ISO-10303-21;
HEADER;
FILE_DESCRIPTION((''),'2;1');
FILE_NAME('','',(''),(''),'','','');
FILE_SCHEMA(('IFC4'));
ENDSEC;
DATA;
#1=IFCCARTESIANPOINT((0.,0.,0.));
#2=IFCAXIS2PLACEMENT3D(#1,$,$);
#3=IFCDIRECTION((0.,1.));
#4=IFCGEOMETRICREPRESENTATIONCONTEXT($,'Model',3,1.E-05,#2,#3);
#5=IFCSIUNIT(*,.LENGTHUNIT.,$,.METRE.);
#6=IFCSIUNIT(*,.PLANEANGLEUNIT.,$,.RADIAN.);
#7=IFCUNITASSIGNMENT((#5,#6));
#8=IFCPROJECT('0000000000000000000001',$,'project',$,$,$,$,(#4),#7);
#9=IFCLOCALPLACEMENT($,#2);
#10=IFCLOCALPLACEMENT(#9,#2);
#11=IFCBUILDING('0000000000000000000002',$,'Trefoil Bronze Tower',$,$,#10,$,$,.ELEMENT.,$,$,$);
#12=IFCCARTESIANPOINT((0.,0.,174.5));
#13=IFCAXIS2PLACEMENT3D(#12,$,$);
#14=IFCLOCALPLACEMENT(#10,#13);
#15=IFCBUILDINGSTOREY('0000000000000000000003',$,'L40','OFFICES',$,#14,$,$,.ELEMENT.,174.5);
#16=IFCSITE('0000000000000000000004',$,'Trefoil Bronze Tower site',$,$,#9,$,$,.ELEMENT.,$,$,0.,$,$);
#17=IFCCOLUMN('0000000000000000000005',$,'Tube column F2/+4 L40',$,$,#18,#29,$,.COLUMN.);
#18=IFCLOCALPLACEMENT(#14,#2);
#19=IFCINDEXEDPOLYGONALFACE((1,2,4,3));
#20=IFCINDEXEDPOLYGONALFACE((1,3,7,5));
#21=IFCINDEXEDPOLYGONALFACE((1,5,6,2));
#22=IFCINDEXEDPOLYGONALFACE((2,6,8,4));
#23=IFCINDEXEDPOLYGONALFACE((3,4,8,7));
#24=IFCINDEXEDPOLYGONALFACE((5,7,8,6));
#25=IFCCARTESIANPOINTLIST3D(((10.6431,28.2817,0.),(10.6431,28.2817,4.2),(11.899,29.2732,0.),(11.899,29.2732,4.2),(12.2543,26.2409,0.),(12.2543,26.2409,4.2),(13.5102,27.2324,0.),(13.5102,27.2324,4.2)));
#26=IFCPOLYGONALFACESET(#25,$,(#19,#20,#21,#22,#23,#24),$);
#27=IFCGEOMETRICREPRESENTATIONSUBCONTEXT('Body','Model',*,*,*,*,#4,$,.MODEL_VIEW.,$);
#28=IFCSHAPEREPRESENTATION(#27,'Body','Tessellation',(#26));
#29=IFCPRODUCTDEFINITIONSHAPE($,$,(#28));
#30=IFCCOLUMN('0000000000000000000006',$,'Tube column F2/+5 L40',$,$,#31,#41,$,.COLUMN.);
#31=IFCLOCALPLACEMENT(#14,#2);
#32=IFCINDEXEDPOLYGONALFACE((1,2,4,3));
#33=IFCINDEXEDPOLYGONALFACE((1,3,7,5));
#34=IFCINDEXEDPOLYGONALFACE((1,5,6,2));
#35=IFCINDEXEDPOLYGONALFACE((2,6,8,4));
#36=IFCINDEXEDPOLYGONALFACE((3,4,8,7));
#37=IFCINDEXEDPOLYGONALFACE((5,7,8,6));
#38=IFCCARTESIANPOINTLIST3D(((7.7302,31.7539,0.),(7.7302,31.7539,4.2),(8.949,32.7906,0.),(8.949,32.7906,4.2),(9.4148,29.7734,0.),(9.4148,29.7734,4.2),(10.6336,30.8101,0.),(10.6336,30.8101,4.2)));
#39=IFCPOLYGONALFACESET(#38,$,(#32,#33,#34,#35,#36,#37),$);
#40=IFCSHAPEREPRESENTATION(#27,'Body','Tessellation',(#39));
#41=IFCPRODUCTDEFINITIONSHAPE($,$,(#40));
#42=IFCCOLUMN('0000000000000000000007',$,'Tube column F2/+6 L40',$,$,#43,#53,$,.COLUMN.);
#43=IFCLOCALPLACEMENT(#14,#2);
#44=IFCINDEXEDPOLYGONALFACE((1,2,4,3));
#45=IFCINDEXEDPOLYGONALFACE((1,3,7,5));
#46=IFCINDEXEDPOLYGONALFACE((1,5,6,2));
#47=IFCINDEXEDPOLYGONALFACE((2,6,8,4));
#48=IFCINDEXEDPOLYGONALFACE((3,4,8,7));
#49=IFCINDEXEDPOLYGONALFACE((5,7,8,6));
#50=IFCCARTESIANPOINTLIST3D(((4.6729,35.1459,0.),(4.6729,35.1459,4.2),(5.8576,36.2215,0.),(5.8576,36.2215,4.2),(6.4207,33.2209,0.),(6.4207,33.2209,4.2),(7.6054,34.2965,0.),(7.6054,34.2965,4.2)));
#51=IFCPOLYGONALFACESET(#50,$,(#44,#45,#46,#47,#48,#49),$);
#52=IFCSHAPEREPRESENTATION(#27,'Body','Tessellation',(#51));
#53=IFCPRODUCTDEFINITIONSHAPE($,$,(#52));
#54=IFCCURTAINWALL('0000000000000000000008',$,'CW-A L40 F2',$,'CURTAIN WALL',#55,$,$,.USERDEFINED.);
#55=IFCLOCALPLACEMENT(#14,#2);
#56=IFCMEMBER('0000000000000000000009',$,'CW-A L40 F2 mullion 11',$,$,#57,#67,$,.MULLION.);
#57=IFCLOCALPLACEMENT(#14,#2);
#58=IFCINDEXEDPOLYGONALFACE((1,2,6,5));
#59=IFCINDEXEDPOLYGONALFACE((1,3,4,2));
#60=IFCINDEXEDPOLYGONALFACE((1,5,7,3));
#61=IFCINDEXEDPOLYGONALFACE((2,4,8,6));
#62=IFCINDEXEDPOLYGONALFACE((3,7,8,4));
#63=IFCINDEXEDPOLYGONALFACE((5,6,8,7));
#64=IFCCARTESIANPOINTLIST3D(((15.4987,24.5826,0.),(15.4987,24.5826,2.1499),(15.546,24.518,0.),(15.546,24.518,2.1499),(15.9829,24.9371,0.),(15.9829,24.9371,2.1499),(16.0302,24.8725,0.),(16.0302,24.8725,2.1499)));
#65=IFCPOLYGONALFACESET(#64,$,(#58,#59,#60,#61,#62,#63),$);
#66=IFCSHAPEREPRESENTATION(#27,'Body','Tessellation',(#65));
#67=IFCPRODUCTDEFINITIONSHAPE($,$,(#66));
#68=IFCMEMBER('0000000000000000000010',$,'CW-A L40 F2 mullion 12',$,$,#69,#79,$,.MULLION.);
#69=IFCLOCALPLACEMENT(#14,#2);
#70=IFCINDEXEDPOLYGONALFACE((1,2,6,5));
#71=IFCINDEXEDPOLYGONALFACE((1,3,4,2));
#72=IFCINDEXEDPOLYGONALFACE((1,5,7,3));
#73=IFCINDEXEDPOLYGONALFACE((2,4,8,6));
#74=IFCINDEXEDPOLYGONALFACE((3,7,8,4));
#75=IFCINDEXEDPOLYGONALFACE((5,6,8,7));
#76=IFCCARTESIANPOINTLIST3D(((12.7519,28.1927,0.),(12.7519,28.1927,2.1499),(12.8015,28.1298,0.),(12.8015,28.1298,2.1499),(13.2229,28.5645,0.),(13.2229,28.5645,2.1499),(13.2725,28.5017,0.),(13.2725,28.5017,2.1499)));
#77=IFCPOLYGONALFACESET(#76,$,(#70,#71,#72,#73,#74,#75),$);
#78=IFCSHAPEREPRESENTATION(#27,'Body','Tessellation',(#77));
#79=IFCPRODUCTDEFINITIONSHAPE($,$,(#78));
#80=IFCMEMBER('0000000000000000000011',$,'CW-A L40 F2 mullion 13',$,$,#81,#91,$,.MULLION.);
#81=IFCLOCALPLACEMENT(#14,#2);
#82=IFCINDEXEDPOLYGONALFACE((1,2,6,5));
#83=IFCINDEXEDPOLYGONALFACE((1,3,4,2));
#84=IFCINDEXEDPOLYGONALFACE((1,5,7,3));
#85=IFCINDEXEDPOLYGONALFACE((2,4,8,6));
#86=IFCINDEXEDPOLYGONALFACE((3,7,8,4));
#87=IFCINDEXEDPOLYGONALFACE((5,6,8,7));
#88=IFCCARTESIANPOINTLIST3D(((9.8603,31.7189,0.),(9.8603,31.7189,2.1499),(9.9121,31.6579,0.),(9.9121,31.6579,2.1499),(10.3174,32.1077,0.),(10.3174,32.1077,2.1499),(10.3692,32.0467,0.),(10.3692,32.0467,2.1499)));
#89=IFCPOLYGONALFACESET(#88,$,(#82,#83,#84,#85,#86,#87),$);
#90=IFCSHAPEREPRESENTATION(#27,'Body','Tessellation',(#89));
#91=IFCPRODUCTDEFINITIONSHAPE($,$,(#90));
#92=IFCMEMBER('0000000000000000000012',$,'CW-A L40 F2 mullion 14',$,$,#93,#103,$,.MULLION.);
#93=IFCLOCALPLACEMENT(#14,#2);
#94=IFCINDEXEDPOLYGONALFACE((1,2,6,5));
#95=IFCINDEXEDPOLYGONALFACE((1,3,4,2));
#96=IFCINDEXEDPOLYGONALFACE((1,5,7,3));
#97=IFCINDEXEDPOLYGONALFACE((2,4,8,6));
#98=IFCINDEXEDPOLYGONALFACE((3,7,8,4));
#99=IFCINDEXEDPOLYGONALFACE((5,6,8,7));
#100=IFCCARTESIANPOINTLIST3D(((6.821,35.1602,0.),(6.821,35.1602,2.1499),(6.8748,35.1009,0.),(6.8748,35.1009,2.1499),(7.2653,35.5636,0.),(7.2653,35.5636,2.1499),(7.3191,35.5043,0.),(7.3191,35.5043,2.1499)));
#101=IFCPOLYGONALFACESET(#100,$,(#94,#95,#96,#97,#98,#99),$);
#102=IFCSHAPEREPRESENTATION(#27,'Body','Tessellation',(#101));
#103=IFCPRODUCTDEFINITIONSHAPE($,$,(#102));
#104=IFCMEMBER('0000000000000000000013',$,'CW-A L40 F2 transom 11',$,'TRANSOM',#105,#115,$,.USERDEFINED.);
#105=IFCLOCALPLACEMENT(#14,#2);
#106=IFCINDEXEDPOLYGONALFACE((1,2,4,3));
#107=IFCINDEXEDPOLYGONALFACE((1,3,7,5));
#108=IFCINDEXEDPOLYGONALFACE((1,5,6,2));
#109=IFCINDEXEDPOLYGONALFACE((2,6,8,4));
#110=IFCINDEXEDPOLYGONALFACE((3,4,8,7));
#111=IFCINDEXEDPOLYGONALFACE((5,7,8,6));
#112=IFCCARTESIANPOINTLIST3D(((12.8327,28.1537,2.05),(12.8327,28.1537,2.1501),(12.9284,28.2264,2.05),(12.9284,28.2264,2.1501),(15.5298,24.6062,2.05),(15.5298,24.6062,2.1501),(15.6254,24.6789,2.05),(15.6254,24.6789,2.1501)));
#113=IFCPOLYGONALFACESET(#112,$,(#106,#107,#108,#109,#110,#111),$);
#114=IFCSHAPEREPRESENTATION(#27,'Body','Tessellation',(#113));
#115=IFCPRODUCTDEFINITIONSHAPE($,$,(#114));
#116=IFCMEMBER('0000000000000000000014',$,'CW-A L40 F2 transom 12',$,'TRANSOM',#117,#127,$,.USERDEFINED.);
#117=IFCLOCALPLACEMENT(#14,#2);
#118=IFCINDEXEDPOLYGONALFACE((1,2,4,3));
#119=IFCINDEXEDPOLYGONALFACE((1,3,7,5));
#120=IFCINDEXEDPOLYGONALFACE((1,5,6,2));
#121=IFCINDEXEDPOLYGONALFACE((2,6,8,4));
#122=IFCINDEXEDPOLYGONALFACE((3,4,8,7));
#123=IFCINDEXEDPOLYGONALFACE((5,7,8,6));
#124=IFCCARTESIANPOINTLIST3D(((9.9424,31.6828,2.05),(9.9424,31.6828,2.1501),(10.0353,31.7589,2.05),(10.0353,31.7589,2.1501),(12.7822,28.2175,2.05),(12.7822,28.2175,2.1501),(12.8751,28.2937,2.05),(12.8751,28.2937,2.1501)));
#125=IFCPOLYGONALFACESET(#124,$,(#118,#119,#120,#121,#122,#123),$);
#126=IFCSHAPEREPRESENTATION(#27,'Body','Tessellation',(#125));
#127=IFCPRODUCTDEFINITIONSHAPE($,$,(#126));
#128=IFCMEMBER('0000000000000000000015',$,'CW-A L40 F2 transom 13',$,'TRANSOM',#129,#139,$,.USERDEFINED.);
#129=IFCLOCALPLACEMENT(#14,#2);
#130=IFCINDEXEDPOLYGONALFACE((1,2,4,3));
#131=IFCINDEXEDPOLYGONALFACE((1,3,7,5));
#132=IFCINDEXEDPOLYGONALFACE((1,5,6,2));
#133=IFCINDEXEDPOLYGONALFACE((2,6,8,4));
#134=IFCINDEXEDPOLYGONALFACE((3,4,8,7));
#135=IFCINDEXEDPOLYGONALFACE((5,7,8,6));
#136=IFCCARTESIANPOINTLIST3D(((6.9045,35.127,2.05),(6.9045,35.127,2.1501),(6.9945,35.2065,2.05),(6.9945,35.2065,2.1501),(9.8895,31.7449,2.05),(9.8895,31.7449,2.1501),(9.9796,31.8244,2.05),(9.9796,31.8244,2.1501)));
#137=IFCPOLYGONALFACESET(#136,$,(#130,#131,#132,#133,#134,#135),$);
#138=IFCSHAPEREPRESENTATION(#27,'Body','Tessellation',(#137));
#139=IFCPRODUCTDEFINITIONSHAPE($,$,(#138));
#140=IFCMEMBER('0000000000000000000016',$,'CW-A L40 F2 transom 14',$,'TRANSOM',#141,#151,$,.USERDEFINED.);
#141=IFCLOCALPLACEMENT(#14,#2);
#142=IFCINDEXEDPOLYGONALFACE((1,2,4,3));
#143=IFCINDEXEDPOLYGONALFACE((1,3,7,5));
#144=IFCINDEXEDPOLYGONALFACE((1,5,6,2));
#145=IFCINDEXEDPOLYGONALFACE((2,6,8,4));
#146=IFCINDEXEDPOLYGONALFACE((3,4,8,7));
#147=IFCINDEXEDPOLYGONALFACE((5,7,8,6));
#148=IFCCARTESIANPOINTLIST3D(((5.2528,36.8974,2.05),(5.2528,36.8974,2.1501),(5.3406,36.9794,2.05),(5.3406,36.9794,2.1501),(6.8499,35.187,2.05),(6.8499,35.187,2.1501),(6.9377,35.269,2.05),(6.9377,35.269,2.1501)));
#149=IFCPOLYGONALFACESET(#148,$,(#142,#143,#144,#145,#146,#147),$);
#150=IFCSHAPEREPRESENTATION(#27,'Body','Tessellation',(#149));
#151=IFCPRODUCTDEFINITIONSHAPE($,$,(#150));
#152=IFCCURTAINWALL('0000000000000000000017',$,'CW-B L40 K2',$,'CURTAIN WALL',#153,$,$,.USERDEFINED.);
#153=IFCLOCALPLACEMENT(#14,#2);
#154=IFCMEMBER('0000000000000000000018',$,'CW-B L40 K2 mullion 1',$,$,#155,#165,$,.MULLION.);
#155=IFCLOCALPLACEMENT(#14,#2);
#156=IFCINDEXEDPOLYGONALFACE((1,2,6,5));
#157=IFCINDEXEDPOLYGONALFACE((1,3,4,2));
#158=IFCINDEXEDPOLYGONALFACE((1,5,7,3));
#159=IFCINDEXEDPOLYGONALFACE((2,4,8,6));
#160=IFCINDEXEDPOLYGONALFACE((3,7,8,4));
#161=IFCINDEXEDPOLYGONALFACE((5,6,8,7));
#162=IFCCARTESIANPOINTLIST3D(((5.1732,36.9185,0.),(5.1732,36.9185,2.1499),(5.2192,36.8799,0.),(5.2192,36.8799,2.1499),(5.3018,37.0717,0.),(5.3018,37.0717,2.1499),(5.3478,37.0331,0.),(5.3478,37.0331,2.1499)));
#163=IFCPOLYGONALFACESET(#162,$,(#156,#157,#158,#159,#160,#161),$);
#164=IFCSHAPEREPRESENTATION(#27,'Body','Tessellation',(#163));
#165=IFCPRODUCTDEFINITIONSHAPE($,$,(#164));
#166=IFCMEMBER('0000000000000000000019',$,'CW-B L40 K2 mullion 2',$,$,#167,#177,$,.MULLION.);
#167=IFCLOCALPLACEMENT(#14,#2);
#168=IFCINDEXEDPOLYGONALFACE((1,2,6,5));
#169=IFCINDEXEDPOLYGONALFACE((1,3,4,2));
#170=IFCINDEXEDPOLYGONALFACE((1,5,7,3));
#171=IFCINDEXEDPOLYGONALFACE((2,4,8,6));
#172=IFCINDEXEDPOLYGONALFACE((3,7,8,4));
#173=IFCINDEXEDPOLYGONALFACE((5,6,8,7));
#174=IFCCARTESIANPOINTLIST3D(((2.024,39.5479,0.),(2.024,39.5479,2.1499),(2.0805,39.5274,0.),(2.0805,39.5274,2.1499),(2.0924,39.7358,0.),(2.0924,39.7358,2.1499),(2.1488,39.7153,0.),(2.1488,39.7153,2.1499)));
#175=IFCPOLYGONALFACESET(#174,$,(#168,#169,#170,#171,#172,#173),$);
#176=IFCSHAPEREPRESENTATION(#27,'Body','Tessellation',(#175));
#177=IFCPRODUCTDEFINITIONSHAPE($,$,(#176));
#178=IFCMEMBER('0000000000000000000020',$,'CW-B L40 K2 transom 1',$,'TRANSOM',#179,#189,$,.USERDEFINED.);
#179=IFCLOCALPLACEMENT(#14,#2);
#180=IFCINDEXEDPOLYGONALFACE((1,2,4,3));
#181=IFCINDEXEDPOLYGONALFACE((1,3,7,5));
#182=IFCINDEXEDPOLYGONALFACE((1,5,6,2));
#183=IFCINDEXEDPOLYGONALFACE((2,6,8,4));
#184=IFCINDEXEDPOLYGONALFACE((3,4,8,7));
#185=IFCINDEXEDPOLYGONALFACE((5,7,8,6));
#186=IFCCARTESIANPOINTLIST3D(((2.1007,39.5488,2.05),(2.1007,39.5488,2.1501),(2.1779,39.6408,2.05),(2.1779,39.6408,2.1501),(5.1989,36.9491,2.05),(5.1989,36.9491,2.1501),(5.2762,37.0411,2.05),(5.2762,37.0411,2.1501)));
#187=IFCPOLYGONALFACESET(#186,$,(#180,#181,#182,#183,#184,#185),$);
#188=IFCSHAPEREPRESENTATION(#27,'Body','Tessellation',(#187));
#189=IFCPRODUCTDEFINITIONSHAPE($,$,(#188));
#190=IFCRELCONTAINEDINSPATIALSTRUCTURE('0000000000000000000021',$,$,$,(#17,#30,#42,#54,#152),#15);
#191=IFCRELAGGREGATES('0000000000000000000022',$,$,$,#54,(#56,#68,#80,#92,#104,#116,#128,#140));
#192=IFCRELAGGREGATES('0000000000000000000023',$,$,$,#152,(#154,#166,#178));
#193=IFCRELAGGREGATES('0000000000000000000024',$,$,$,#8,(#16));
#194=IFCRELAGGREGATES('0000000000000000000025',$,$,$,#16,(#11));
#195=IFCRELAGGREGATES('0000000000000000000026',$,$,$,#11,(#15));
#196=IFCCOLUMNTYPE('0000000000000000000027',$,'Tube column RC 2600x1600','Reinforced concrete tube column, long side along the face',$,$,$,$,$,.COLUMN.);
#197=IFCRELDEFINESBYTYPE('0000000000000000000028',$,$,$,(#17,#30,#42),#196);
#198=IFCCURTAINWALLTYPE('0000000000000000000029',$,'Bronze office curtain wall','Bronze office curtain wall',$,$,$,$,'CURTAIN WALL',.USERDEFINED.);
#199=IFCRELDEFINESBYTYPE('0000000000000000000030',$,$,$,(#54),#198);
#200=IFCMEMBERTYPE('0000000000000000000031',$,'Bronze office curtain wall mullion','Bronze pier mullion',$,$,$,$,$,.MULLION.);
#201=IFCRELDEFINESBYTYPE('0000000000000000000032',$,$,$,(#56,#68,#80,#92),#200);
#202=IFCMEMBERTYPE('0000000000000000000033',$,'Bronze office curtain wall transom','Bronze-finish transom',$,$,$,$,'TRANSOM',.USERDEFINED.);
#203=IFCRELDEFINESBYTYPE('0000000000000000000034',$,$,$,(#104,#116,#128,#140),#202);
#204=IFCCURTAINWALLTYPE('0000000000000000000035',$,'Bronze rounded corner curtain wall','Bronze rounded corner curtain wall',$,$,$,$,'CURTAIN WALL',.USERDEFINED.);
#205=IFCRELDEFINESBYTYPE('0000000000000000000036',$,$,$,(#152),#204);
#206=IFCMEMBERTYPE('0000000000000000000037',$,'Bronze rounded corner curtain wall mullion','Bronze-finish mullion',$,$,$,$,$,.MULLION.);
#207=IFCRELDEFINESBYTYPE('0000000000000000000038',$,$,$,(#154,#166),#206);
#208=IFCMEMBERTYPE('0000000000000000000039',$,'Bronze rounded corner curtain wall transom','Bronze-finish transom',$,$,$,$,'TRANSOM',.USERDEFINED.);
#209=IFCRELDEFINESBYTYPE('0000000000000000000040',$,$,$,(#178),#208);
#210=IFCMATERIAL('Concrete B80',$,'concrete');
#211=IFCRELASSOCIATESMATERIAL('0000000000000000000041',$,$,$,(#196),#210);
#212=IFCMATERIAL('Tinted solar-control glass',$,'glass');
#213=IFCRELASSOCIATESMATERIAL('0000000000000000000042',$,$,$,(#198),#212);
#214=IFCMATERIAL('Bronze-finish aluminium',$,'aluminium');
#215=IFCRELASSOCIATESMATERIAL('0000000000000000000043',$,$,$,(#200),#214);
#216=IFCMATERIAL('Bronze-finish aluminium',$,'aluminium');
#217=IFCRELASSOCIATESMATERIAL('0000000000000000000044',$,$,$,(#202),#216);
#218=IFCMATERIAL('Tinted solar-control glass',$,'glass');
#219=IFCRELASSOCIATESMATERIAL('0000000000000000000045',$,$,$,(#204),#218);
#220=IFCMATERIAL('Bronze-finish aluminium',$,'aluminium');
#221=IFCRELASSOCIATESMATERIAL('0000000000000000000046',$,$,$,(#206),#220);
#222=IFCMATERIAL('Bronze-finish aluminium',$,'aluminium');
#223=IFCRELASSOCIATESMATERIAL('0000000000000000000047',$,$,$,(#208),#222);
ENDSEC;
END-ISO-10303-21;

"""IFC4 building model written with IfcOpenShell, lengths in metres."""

from ifc_helpers import new_model, si_unit, direction, frame, origin, origin_2d, place, context, subcontext, project, spatial, rectangle, extrude, material, material_profile, profile_set, type_object, element, aggregate, save


model = new_model("IFC4")

# Units and contexts
model_context = context("Model", 3, precision=1e-05, world=origin(), true_north=direction((0.0, 1.0)))
body_context = subcontext(model_context, "Body", "Model", "MODEL_VIEW")
ifc_project = project(units=[si_unit("LENGTHUNIT", "METRE"), si_unit("PLANEANGLEUNIT", "RADIAN")], contexts=[model_context])

# Site, building, storey
site_placement = place(None, origin())
site = spatial("IfcSite", under=ifc_project, at=site_placement, Name="Trefoil Bronze Tower site", CompositionType="ELEMENT", RefElevation=0.0)
building_placement = place(site_placement, origin())
building = spatial("IfcBuilding", under=site, at=building_placement, Name="Trefoil Bronze Tower", CompositionType="ELEMENT")
storey_placement = place(building_placement, frame((0.0, 0.0, 174.5)))
storey = spatial("IfcBuildingStorey", under=building, at=storey_placement, Name="L40", Description="OFFICES", CompositionType="ELEMENT", Elevation=174.5)

# Columns
ifc_material_1 = material(Name="Concrete B80", Category="concrete")
ifc_material_profile_1 = material_profile(ifc_material_1, rectangle(XDim=2.6001, YDim=1.6001, at=origin_2d()), Name="RC 2600x1600")
ifc_profile_set_1 = profile_set([ifc_material_profile_1], Name="Concrete B80")
column_type = type_object("IfcColumnType", Name="Tube column RC 2600x1600", Description="Reinforced concrete tube column, long side along the face", PredefinedType="COLUMN", material=ifc_profile_set_1)
for number, where, z_axis, x_axis, name in (
    (1, (12.0767, 27.7571, 0.0), (0.0, 0.0, 1.0), (-0.619649, 0.784879, 0.0), "Tube column F2/+4 L40"),
    (2, (9.1819, 31.282, 0.0), (0.0, 0.0, 1.0), (-0.647904, 0.761722, 0.0), "Tube column F2/+5 L40"),
    (3, (6.1392, 34.7212, 0.0), (0.0, 0.0, 1.0), (-0.67221, 0.740361, 0.0), "Tube column F2/+6 L40"),
):
    element("IfcColumn", number, at=place(storey_placement, frame(where, z_axis=z_axis, x_axis=x_axis)), inside=storey, type_object=column_type, Name=name, PredefinedType="COLUMN", context=body_context, shape_type="SweptSolid", body=[
        extrude(rectangle(XDim=2.6001, YDim=1.6001, at=origin_2d()), origin(), (0.0, 0.0, 1.0), 4.2),
    ])

# Curtain walls, members
ifc_material_2 = material(Name="Tinted solar-control glass", Category="glass")
curtain_wall_type_1 = type_object("IfcCurtainWallType", Name="Bronze office curtain wall", Description="Bronze office curtain wall", ElementType="CURTAIN WALL", PredefinedType="USERDEFINED", material=ifc_material_2)
curtain_wall_1_placement = place(storey_placement, origin())
curtain_wall_1 = element("IfcCurtainWall", 4, at=curtain_wall_1_placement, inside=storey, type_object=curtain_wall_type_1, Name="CW-A L40 F2", ObjectType="CURTAIN WALL", PredefinedType="USERDEFINED")
ifc_material_3 = material(Name="Bronze-finish aluminium", Category="aluminium")
ifc_material_profile_2 = material_profile(ifc_material_3, rectangle(XDim=0.6001, YDim=0.0801, at=origin_2d()), Name="CW-A mullion")
ifc_profile_set_2 = profile_set([ifc_material_profile_2], Name="Bronze-finish aluminium")
member_type_1 = type_object("IfcMemberType", Name="Bronze office curtain wall mullion", Description="Bronze pier mullion", PredefinedType="MULLION", material=ifc_profile_set_2)
member_1_placement = place(storey_placement, frame((15.7644, 24.7275, 0.0), z_axis=(0.0, 0.0, 1.0), x_axis=(-0.806875, -0.590723, 0.0)))
member_1 = element("IfcMember", 5, at=member_1_placement, type_object=member_type_1, Name="CW-A L40 F2 mullion 11", PredefinedType="MULLION", context=body_context, shape_type="SweptSolid", body=[
    extrude(rectangle(XDim=0.6001, YDim=0.0801, at=origin_2d()), origin(), (0.0, 0.0, 1.0), 2.1499),
])
member_2_placement = place(storey_placement, frame((13.0122, 28.3472, 0.0), z_axis=(0.0, 0.0, 1.0), x_axis=(-0.784879, -0.619649, 0.0)))
member_2 = element("IfcMember", 6, at=member_2_placement, type_object=member_type_1, Name="CW-A L40 F2 mullion 12", PredefinedType="MULLION", context=body_context, shape_type="SweptSolid", body=[
    extrude(rectangle(XDim=0.6001, YDim=0.0801, at=origin_2d()), origin(), (0.0, 0.0, 1.0), 2.1499),
])
member_3_placement = place(storey_placement, frame((10.1147, 31.8828, 0.0), z_axis=(0.0, 0.0, 1.0), x_axis=(-0.761722, -0.647904, 0.0)))
member_3 = element("IfcMember", 7, at=member_3_placement, type_object=member_type_1, Name="CW-A L40 F2 mullion 13", PredefinedType="MULLION", context=body_context, shape_type="SweptSolid", body=[
    extrude(rectangle(XDim=0.6001, YDim=0.0801, at=origin_2d()), origin(), (0.0, 0.0, 1.0), 2.1499),
])
member_4_placement = place(storey_placement, frame((7.0701, 35.3323, 0.0), z_axis=(0.0, 0.0, 1.0), x_axis=(-0.740361, -0.67221, 0.0)))
member_4 = element("IfcMember", 8, at=member_4_placement, type_object=member_type_1, Name="CW-A L40 F2 mullion 14", PredefinedType="MULLION", context=body_context, shape_type="SweptSolid", body=[
    extrude(rectangle(XDim=0.6001, YDim=0.0801, at=origin_2d()), origin(), (0.0, 0.0, 1.0), 2.1499),
])
ifc_material_4 = material(Name="Bronze-finish aluminium", Category="aluminium")
ifc_material_profile_3 = material_profile(ifc_material_4, rectangle(XDim=0.1201, YDim=0.1001, at=origin_2d()), Name="CW-A transom")
ifc_profile_set_3 = profile_set([ifc_material_profile_3], Name="Bronze-finish aluminium")
member_type_2 = type_object("IfcMemberType", Name="Bronze office curtain wall transom", Description="Bronze-finish transom", ElementType="TRANSOM", PredefinedType="USERDEFINED", material=ifc_profile_set_3)
member_5_placement = place(storey_placement, frame((15.5776, 24.6426, 2.1001), z_axis=(-0.605229, 0.796051, 0.0), x_axis=(-0.796051, -0.605229, 0.0)))
member_5 = element("IfcMember", 9, at=member_5_placement, type_object=member_type_2, Name="CW-A L40 F2 transom 11", ObjectType="TRANSOM", PredefinedType="USERDEFINED", context=body_context, shape_type="SweptSolid", body=[
    extrude(rectangle(XDim=0.1201, YDim=0.1001, at=origin_2d()), origin(), (0.0, 0.0, 1.0), 4.4563),
])
member_6_placement = place(storey_placement, frame((12.8286, 28.2556, 2.1001), z_axis=(-0.633849, 0.773457, 0.0), x_axis=(-0.773457, -0.633849, 0.0)))
member_6 = element("IfcMember", 10, at=member_6_placement, type_object=member_type_2, Name="CW-A L40 F2 transom 12", ObjectType="TRANSOM", PredefinedType="USERDEFINED", context=body_context, shape_type="SweptSolid", body=[
    extrude(rectangle(XDim=0.1201, YDim=0.1001, at=origin_2d()), origin(), (0.0, 0.0, 1.0), 4.4802),
])
member_7_placement = place(storey_placement, frame((9.9346, 31.7847, 2.1001), z_axis=(-0.661736, 0.749737, 0.0), x_axis=(-0.749737, -0.661736, 0.0)))
member_7 = element("IfcMember", 11, at=member_7_placement, type_object=member_type_2, Name="CW-A L40 F2 transom 13", ObjectType="TRANSOM", PredefinedType="USERDEFINED", context=body_context, shape_type="SweptSolid", body=[
    extrude(rectangle(XDim=0.1201, YDim=0.1001, at=origin_2d()), origin(), (0.0, 0.0, 1.0), 4.511),
])
member_8_placement = place(storey_placement, frame((6.8938, 35.228, 2.1001), z_axis=(-0.682489, 0.730896, 0.0), x_axis=(-0.730896, -0.682489, 0.0)))
member_8 = element("IfcMember", 12, at=member_8_placement, type_object=member_type_2, Name="CW-A L40 F2 transom 14", ObjectType="TRANSOM", PredefinedType="USERDEFINED", context=body_context, shape_type="SweptSolid", body=[
    extrude(rectangle(XDim=0.1201, YDim=0.1001, at=origin_2d()), origin(), (0.0, 0.0, 1.0), 2.3401),
])
ifc_material_5 = material(Name="Tinted solar-control glass", Category="glass")
curtain_wall_type_2 = type_object("IfcCurtainWallType", Name="Bronze rounded corner curtain wall", Description="Bronze rounded corner curtain wall", ElementType="CURTAIN WALL", PredefinedType="USERDEFINED", material=ifc_material_5)
curtain_wall_2_placement = place(storey_placement, origin())
curtain_wall_2 = element("IfcCurtainWall", 13, at=curtain_wall_2_placement, inside=storey, type_object=curtain_wall_type_2, Name="CW-B L40 K2", ObjectType="CURTAIN WALL", PredefinedType="USERDEFINED")
ifc_material_6 = material(Name="Bronze-finish aluminium", Category="aluminium")
ifc_material_profile_4 = material_profile(ifc_material_6, rectangle(XDim=0.2, YDim=0.0601, at=origin_2d()), Name="CW-B mullion")
ifc_profile_set_4 = profile_set([ifc_material_profile_4], Name="Bronze-finish aluminium")
member_type_3 = type_object("IfcMemberType", Name="Bronze rounded corner curtain wall mullion", Description="Bronze-finish mullion", PredefinedType="MULLION", material=ifc_profile_set_4)
member_9_placement = place(storey_placement, frame((5.2605, 36.9758, 0.0), z_axis=(0.0, 0.0, 1.0), x_axis=(-0.642788, -0.766044, 0.0)))
member_9 = element("IfcMember", 14, at=member_9_placement, type_object=member_type_3, Name="CW-B L40 K2 mullion 1", PredefinedType="MULLION", context=body_context, shape_type="SweptSolid", body=[
    extrude(rectangle(XDim=0.2, YDim=0.0601, at=origin_2d()), origin(), (0.0, 0.0, 1.0), 2.1499),
])
member_10_placement = place(storey_placement, frame((2.0864, 39.6316, 0.0), z_axis=(0.0, 0.0, 1.0), x_axis=(-0.34202, -0.939693, 0.0)))
member_10 = element("IfcMember", 15, at=member_10_placement, type_object=member_type_3, Name="CW-B L40 K2 mullion 2", PredefinedType="MULLION", context=body_context, shape_type="SweptSolid", body=[
    extrude(rectangle(XDim=0.2, YDim=0.0601, at=origin_2d()), origin(), (0.0, 0.0, 1.0), 2.1499),
])
ifc_material_7 = material(Name="Bronze-finish aluminium", Category="aluminium")
ifc_material_profile_5 = material_profile(ifc_material_7, rectangle(XDim=0.1201, YDim=0.1001, at=origin_2d()), Name="CW-B transom")
ifc_profile_set_5 = profile_set([ifc_material_profile_5], Name="Bronze-finish aluminium")
member_type_4 = type_object("IfcMemberType", Name="Bronze rounded corner curtain wall transom", Description="Bronze-finish transom", ElementType="TRANSOM", PredefinedType="USERDEFINED", material=ifc_profile_set_5)
member_11_placement = place(storey_placement, frame((5.2375, 36.9951, 2.1001), z_axis=(-0.76605, 0.642781, 0.0), x_axis=(-0.642781, -0.76605, 0.0)))
member_11 = element("IfcMember", 16, at=member_11_placement, type_object=member_type_4, Name="CW-B L40 K2 transom 1", ObjectType="TRANSOM", PredefinedType="USERDEFINED", context=body_context, shape_type="SweptSolid", body=[
    extrude(rectangle(XDim=0.1201, YDim=0.1001, at=origin_2d()), origin(), (0.0, 0.0, 1.0), 4.0444),
])

aggregate(curtain_wall_1, [member_1, member_2, member_3, member_4, member_5, member_6, member_7, member_8])
aggregate(curtain_wall_2, [member_9, member_10, member_11])

save(model, "model.ifc")
